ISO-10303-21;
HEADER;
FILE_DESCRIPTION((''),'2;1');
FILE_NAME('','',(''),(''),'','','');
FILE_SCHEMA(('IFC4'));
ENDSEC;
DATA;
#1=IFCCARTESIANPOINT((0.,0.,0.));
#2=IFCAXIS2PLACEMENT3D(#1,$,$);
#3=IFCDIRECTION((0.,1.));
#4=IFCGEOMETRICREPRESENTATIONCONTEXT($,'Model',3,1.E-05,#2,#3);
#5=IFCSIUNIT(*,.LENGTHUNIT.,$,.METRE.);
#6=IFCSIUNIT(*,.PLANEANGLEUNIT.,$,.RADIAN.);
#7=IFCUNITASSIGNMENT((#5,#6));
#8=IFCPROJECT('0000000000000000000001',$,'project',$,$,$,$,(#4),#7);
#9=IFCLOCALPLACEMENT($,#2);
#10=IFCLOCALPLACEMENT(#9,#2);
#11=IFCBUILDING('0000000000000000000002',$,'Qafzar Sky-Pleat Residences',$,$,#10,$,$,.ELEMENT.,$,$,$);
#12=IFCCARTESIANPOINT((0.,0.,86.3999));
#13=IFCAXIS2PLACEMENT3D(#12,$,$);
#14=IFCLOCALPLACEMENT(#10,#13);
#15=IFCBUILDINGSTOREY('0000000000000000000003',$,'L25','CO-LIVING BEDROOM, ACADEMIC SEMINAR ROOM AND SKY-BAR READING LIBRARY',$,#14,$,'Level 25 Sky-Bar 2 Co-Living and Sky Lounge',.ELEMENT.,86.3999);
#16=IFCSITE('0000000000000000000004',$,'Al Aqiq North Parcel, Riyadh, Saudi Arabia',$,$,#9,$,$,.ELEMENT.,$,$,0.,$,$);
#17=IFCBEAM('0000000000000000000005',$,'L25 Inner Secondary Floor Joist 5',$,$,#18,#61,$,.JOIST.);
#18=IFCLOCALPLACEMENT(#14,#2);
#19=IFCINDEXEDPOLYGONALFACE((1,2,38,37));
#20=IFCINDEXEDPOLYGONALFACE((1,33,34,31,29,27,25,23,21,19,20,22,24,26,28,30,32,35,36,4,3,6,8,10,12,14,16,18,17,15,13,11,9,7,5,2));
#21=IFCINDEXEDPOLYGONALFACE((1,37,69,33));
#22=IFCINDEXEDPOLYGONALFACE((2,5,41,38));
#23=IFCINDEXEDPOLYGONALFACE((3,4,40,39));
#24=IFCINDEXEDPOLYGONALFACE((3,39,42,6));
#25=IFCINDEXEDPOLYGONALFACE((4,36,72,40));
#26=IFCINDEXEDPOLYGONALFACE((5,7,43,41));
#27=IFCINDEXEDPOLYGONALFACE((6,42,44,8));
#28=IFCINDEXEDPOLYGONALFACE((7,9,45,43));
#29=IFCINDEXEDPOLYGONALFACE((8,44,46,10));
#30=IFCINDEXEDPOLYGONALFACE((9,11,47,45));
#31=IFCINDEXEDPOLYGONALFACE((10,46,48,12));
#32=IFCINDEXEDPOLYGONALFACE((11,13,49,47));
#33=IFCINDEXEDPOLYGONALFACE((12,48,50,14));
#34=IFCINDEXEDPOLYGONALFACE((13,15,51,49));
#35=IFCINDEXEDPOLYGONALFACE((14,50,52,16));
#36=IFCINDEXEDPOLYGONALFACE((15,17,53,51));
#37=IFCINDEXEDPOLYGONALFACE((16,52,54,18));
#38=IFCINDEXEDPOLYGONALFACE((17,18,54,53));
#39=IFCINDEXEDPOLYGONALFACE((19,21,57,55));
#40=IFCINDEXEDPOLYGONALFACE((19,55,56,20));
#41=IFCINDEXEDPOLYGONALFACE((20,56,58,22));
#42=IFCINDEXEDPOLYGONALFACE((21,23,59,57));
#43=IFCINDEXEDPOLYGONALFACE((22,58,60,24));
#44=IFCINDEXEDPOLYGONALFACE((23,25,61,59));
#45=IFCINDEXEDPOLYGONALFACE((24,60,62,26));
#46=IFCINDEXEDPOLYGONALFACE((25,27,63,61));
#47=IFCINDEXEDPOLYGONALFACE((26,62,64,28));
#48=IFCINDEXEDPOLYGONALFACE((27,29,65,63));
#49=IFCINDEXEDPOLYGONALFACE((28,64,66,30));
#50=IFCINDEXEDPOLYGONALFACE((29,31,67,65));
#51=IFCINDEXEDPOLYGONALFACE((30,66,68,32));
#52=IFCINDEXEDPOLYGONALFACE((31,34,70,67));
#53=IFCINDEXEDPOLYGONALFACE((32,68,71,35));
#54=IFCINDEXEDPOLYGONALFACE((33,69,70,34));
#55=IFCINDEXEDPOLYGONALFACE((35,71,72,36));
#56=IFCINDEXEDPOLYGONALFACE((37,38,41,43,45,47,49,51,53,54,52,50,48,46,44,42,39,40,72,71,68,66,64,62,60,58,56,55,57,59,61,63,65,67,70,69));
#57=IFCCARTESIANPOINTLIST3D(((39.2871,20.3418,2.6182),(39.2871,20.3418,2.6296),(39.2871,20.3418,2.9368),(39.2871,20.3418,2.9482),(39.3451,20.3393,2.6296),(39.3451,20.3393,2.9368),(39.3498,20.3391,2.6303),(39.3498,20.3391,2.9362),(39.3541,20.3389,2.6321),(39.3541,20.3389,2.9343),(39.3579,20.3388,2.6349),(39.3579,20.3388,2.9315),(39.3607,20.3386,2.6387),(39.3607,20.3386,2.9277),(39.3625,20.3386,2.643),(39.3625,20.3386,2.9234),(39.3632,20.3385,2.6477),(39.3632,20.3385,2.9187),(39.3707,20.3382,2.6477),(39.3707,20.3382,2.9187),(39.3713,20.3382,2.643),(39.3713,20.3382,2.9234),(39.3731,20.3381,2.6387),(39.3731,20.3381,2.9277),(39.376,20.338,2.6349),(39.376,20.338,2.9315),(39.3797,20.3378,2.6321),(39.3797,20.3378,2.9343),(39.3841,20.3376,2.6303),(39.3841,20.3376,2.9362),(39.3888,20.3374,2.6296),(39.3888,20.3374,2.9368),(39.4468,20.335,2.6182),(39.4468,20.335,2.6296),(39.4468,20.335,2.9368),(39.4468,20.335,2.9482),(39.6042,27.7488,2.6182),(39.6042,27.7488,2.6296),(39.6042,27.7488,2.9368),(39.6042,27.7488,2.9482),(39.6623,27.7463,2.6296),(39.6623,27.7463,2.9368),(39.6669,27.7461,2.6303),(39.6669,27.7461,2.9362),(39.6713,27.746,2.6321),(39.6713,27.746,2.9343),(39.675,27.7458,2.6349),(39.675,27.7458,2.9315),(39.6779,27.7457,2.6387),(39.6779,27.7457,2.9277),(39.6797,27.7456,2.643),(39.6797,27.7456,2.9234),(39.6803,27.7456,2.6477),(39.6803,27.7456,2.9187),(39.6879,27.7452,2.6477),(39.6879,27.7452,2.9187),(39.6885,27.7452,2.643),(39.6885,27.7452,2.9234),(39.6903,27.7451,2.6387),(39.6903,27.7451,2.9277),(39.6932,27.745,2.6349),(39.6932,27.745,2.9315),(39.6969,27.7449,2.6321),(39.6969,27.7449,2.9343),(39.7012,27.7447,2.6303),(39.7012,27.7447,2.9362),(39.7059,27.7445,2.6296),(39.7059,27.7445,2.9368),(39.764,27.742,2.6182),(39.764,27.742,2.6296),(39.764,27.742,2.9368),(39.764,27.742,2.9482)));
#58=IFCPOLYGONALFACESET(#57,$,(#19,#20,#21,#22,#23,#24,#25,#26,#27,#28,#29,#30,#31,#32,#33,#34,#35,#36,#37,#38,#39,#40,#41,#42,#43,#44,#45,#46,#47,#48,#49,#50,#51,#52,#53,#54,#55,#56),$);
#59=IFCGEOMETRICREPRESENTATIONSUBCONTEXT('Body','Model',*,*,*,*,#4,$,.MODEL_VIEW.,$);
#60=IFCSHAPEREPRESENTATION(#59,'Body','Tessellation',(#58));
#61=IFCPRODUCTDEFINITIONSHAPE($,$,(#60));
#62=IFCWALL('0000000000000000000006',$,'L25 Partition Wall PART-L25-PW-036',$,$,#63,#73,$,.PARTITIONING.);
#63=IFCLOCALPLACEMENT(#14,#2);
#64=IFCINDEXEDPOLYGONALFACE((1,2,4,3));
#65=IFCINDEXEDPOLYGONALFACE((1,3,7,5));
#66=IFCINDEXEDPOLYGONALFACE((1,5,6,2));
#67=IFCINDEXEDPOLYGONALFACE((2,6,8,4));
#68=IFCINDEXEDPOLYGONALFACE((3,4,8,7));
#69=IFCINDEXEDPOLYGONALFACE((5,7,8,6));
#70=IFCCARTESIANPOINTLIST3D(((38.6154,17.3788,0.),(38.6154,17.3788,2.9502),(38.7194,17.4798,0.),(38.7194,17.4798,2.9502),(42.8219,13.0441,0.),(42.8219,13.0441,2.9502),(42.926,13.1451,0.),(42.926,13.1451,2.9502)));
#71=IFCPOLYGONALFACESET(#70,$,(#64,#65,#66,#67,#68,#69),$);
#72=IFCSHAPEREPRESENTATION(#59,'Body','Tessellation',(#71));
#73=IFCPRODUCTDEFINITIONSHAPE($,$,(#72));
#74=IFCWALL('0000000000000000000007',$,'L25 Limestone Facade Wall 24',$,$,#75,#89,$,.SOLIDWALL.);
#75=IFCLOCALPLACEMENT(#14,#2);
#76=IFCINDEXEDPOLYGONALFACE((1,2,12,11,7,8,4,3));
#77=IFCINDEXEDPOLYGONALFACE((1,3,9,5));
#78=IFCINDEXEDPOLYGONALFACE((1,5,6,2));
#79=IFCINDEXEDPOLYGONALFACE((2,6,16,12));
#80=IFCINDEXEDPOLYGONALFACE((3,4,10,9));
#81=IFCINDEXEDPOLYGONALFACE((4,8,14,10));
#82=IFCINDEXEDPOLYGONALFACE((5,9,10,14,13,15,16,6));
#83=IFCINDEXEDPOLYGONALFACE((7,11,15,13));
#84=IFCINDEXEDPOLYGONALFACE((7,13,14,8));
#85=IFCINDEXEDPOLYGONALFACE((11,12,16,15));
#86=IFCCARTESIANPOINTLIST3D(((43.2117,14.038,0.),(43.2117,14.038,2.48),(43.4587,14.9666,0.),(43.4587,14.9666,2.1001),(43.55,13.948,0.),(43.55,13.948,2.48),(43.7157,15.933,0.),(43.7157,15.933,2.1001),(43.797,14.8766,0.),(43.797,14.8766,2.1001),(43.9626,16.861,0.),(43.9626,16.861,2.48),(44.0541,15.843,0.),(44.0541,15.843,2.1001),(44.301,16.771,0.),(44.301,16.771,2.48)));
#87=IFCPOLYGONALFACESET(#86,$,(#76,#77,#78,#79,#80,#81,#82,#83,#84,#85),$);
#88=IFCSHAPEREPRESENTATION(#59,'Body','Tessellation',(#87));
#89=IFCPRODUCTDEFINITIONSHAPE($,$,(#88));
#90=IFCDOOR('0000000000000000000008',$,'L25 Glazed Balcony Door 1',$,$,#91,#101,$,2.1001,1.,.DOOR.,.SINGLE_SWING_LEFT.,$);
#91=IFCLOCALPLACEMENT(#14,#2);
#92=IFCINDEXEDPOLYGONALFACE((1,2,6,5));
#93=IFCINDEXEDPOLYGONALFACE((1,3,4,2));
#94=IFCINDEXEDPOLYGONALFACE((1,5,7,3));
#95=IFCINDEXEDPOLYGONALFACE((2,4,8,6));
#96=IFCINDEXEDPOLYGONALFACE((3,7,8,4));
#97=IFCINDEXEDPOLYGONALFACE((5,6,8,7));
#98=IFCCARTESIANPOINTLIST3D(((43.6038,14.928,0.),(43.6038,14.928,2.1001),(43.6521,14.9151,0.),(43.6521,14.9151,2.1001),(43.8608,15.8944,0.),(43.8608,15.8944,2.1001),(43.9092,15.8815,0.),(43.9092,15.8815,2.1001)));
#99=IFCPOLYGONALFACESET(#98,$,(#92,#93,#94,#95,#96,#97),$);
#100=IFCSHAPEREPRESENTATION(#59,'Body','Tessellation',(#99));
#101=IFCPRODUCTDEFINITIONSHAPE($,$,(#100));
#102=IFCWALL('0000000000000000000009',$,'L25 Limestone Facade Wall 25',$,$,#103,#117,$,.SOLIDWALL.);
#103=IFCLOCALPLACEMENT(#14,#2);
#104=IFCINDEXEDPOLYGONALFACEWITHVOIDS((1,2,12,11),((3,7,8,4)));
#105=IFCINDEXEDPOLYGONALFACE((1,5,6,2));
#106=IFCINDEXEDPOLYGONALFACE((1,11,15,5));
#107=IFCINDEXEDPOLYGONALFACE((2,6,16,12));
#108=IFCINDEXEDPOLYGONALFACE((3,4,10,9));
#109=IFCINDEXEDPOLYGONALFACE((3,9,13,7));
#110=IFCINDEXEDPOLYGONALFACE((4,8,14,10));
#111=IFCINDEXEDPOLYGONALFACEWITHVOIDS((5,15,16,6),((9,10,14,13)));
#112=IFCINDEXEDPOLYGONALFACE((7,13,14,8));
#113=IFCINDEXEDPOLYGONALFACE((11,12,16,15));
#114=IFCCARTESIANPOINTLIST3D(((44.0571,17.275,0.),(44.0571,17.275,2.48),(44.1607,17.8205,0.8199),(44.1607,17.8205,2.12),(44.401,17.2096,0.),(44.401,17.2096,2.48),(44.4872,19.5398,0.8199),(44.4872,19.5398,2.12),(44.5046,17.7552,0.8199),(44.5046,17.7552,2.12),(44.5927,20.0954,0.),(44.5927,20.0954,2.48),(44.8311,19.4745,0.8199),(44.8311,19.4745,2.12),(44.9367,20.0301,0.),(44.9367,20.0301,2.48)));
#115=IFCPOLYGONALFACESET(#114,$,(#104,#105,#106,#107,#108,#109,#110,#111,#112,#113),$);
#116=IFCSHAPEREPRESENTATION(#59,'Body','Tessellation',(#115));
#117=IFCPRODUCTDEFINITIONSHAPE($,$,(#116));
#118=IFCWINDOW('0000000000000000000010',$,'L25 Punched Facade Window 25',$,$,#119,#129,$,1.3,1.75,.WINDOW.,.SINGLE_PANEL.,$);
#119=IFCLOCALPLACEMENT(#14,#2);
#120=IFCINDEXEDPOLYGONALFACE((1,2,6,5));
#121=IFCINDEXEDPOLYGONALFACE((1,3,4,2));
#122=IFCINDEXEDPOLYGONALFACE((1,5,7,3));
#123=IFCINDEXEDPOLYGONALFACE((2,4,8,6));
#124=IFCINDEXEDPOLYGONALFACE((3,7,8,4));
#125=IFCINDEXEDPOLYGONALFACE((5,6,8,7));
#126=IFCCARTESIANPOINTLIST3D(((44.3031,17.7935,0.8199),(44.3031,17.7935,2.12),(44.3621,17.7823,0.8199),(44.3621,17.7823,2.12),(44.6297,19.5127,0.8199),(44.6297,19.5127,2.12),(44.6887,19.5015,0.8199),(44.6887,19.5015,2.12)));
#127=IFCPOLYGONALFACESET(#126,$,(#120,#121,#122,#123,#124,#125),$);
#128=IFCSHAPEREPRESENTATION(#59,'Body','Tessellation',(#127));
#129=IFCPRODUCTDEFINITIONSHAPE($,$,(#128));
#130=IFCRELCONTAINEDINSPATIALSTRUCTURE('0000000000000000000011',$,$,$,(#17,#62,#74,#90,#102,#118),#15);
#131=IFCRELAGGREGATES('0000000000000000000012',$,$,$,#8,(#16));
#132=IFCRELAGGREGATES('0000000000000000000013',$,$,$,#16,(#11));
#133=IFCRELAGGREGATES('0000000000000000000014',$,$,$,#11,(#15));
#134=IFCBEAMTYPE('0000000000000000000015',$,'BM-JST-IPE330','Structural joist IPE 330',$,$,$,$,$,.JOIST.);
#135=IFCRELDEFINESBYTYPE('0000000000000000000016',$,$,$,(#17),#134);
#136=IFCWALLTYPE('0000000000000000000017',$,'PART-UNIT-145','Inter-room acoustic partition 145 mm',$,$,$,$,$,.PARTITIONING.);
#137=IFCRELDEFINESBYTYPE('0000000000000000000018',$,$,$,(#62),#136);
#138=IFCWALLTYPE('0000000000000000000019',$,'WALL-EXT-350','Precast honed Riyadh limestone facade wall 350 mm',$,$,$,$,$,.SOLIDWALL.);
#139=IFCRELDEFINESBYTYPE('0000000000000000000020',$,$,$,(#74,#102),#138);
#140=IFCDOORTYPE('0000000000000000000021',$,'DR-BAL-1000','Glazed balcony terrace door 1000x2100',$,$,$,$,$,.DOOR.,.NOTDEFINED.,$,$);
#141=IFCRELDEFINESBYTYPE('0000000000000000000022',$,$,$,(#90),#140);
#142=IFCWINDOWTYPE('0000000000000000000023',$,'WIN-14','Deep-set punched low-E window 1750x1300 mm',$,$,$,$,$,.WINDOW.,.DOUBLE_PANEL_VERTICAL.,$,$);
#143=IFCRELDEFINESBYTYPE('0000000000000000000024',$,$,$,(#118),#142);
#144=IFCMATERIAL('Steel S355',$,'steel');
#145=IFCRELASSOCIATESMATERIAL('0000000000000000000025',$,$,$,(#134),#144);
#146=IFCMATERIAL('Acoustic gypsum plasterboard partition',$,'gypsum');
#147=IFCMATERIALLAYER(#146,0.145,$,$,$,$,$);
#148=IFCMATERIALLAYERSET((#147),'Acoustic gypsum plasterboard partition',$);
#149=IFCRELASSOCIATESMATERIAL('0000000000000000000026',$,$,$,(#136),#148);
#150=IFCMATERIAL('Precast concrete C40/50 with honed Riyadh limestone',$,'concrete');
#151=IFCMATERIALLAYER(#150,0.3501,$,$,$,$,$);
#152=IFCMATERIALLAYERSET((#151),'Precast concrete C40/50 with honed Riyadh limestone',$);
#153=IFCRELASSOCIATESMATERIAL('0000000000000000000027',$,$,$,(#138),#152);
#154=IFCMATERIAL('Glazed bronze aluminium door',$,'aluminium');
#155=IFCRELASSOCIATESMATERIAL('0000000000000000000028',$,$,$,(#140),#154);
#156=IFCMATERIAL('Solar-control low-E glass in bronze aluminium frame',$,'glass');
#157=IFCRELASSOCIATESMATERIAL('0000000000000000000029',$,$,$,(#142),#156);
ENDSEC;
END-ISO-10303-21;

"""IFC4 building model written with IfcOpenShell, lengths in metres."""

from ifc_helpers import new_model, si_unit, direction, frame, frame_2d, origin, origin_2d, place, context, subcontext, project, spatial, rectangle, i_section, extrude, source, transform, mapped, material, layer, layer_set, material_profile, profile_set, type_object, element, fill, save


model = new_model("IFC4")

# Units and contexts
model_context = context("Model", 3, precision=1e-05, world=origin(), true_north=direction((0.0, 1.0)))
body_context = subcontext(model_context, "Body", "Model", "MODEL_VIEW")
ifc_project = project(units=[si_unit("LENGTHUNIT", "METRE"), si_unit("PLANEANGLEUNIT", "RADIAN")], contexts=[model_context])

# Site, building, storey
site_placement = place(None, origin())
site = spatial("IfcSite", under=ifc_project, at=site_placement, Name="Al Aqiq North Parcel, Riyadh, Saudi Arabia", CompositionType="ELEMENT", RefElevation=0.0)
building_placement = place(site_placement, origin())
building = spatial("IfcBuilding", under=site, at=building_placement, Name="Qafzar Sky-Pleat Residences", CompositionType="ELEMENT")
storey_placement = place(building_placement, frame((0.0, 0.0, 86.3999)))
storey = spatial("IfcBuildingStorey", under=building, at=storey_placement, Name="L25", Description="CO-LIVING BEDROOM, ACADEMIC SEMINAR ROOM AND SKY-BAR READING LIBRARY", LongName="Level 25 Sky-Bar 2 Co-Living and Sky Lounge", CompositionType="ELEMENT", Elevation=86.3999)

# Beam
ifc_material_1 = material(Name="Steel S355", Category="steel")
ifc_material_profile_1 = material_profile(ifc_material_1, i_section(OverallWidth=0.1599, OverallDepth=0.3301, WebThickness=0.0076, FlangeThickness=0.0115, FilletRadius=0.0181, at=origin_2d()), Name="IPE 330")
ifc_profile_set_1 = profile_set([ifc_material_profile_1], Name="Steel S355")
beam_type_1 = type_object("IfcBeamType", Name="BM-JST-IPE330", Description="Structural joist IPE 330", PredefinedType="JOIST", material=ifc_profile_set_1)
shared_shape_1 = source(origin(), body_context, "Body", "SweptSolid", [
    extrude(i_section(OverallWidth=0.1599, OverallDepth=0.3301, WebThickness=0.0076, FlangeThickness=0.0115, FilletRadius=0.0181, at=origin_2d()), origin(), (0.0, 0.0, 1.0), 7.4138),
])
beam_1_placement = place(storey_placement, frame((39.3669, 20.3384, 2.7832), z_axis=(0.042777, 0.999085, 0.0), x_axis=(-0.999085, 0.042777, 0.0)))
element("IfcBeam", 1, at=beam_1_placement, inside=storey, type_object=beam_type_1, Name="L25 Inner Secondary Floor Joist 5", PredefinedType="JOIST", context=body_context, shape_type="MappedRepresentation", body=[
    mapped(shared_shape_1, transform((0.0, 0.0, 0.0), x_axis=(1.0, 0.0, 0.0), y_axis=(0.0, 1.0, 0.0), z_axis=(0.0, 0.0, 1.0), scale=1.0)),
])

# Wall
ifc_material_2 = material(Name="Acoustic gypsum plasterboard partition", Category="gypsum")
ifc_layer_1 = layer(ifc_material_2, 0.145)
ifc_layer_set_1 = layer_set([ifc_layer_1], Name="Acoustic gypsum plasterboard partition")
wall_type_1 = type_object("IfcWallType", Name="PART-UNIT-145", Description="Inter-room acoustic partition 145 mm", PredefinedType="PARTITIONING", material=ifc_layer_set_1)
wall_1_placement = place(storey_placement, frame((38.6675, 17.4292, 0.0), z_axis=(0.0, 0.0, 1.0), x_axis=(0.696417, -0.717637, 0.0)))
element("IfcWall", 2, at=wall_1_placement, inside=storey, type_object=wall_type_1, Name="L25 Partition Wall PART-L25-PW-036", PredefinedType="PARTITIONING", context=body_context, shape_type="SweptSolid", body=[
    extrude(rectangle(XDim=6.0403, YDim=0.145, at=frame_2d((3.02, 0.0))), origin(), (0.0, 0.0, 1.0), 2.9502),
])

# Wall, opening, door
ifc_material_3 = material(Name="Precast concrete C40/50 with honed Riyadh limestone", Category="concrete")
ifc_layer_2 = layer(ifc_material_3, 0.3501)
ifc_layer_set_2 = layer_set([ifc_layer_2], Name="Precast concrete C40/50 with honed Riyadh limestone")
wall_type_2 = type_object("IfcWallType", Name="WALL-EXT-350", Description="Precast honed Riyadh limestone facade wall 350 mm", PredefinedType="SOLIDWALL", material=ifc_layer_set_2)
wall_2_placement = place(storey_placement, frame((43.3809, 13.9932, 0.0), z_axis=(0.0, 0.0, 1.0), x_axis=(0.25708, 0.96639, 0.0)))
wall_2 = element("IfcWall", 3, at=wall_2_placement, inside=storey, type_object=wall_type_2, Name="L25 Limestone Facade Wall 24", PredefinedType="SOLIDWALL", context=body_context, shape_type="SweptSolid", body=[
    extrude(rectangle(XDim=2.9211, YDim=0.3501, at=frame_2d((1.4604, 0.0))), origin(), (0.0, 0.0, 1.0), 2.48),
])
opening_1_placement = place(wall_2_placement, frame((0.9607, 0.0, 0.0)))
opening_1 = element("IfcOpeningElement", 4, at=opening_1_placement, cuts=wall_2, PredefinedType="OPENING", context=body_context, shape_type="SweptSolid", body=[
    extrude(rectangle(XDim=1.0, YDim=2.1001, at=frame_2d((0.5, 1.05))), frame((0.0, 0.1851, 0.0), z_axis=(0.0, -1.0, 0.0), x_axis=(1.0, 0.0, 0.0)), (0.0, 0.0, 1.0), 0.3701),
])
ifc_material_4 = material(Name="Glazed bronze aluminium door", Category="aluminium")
door_type = type_object("IfcDoorType", Name="DR-BAL-1000", Description="Glazed balcony terrace door 1000x2100", OperationType="NOTDEFINED", PredefinedType="DOOR", material=ifc_material_4)
shared_shape_2 = source(origin(), body_context, "Body", "SweptSolid", [
    extrude(rectangle(XDim=1.0, YDim=2.1001, at=frame_2d((0.5, 1.05))), frame((0.0, 0.0249, 0.0), z_axis=(0.0, -1.0, 0.0), x_axis=(1.0, 0.0, 0.0)), (0.0, 0.0, 1.0), 0.05),
])
door_placement = place(opening_1_placement, origin())
door = element("IfcDoor", 5, at=door_placement, inside=storey, type_object=door_type, Name="L25 Glazed Balcony Door 1", OperationType="SINGLE_SWING_LEFT", OverallHeight=2.1001, OverallWidth=1.0, PredefinedType="DOOR", context=body_context, shape_type="MappedRepresentation", body=[
    mapped(shared_shape_2, transform((0.0, 0.0, 0.0), x_axis=(1.0, 0.0, 0.0), y_axis=(0.0, 1.0, 0.0), z_axis=(0.0, 0.0, 1.0), scale=1.0)),
])
fill(opening_1, door)

# Wall, opening, window
wall_3_placement = place(storey_placement, frame((44.229, 17.2422, 0.0), z_axis=(0.0, 0.0, 1.0), x_axis=(0.186588, 0.982438, 0.0)))
wall_3 = element("IfcWall", 6, at=wall_3_placement, inside=storey, type_object=wall_type_2, Name="L25 Limestone Facade Wall 25", PredefinedType="SOLIDWALL", context=body_context, shape_type="SweptSolid", body=[
    extrude(rectangle(XDim=2.8708, YDim=0.3501, at=frame_2d((1.4355, 0.0))), origin(), (0.0, 0.0, 1.0), 2.48),
])
opening_2_placement = place(wall_3_placement, frame((0.5554, 0.0, 0.8201)))
opening_2 = element("IfcOpeningElement", 7, at=opening_2_placement, cuts=wall_3, PredefinedType="OPENING", context=body_context, shape_type="SweptSolid", body=[
    extrude(rectangle(XDim=1.75, YDim=1.3, at=frame_2d((0.875, 0.6499))), frame((0.0, 0.1851, 0.0), z_axis=(0.0, -1.0, 0.0), x_axis=(1.0, 0.0, 0.0)), (0.0, 0.0, 1.0), 0.3701),
])
ifc_material_5 = material(Name="Solar-control low-E glass in bronze aluminium frame", Category="glass")
window_type_1 = type_object("IfcWindowType", Name="WIN-14", Description="Deep-set punched low-E window 1750x1300 mm", PartitioningType="DOUBLE_PANEL_VERTICAL", PredefinedType="WINDOW", material=ifc_material_5)
shared_shape_3 = source(origin(), body_context, "Body", "SweptSolid", [
    extrude(rectangle(XDim=1.75, YDim=1.3, at=frame_2d((0.875, 0.6499))), frame((0.0, 0.03, 0.0), z_axis=(0.0, -1.0, 0.0), x_axis=(1.0, 0.0, 0.0)), (0.0, 0.0, 1.0), 0.0601),
])
window_1_placement = place(opening_2_placement, origin())
window_1 = element("IfcWindow", 8, at=window_1_placement, inside=storey, type_object=window_type_1, Name="L25 Punched Facade Window 25", OverallHeight=1.3, OverallWidth=1.75, PartitioningType="SINGLE_PANEL", PredefinedType="WINDOW", context=body_context, shape_type="MappedRepresentation", body=[
    mapped(shared_shape_3, transform((0.0, 0.0, 0.0), x_axis=(1.0, 0.0, 0.0), y_axis=(0.0, 1.0, 0.0), z_axis=(0.0, 0.0, 1.0), scale=1.0)),
])
fill(opening_2, window_1)

save(model, "model.ifc")
